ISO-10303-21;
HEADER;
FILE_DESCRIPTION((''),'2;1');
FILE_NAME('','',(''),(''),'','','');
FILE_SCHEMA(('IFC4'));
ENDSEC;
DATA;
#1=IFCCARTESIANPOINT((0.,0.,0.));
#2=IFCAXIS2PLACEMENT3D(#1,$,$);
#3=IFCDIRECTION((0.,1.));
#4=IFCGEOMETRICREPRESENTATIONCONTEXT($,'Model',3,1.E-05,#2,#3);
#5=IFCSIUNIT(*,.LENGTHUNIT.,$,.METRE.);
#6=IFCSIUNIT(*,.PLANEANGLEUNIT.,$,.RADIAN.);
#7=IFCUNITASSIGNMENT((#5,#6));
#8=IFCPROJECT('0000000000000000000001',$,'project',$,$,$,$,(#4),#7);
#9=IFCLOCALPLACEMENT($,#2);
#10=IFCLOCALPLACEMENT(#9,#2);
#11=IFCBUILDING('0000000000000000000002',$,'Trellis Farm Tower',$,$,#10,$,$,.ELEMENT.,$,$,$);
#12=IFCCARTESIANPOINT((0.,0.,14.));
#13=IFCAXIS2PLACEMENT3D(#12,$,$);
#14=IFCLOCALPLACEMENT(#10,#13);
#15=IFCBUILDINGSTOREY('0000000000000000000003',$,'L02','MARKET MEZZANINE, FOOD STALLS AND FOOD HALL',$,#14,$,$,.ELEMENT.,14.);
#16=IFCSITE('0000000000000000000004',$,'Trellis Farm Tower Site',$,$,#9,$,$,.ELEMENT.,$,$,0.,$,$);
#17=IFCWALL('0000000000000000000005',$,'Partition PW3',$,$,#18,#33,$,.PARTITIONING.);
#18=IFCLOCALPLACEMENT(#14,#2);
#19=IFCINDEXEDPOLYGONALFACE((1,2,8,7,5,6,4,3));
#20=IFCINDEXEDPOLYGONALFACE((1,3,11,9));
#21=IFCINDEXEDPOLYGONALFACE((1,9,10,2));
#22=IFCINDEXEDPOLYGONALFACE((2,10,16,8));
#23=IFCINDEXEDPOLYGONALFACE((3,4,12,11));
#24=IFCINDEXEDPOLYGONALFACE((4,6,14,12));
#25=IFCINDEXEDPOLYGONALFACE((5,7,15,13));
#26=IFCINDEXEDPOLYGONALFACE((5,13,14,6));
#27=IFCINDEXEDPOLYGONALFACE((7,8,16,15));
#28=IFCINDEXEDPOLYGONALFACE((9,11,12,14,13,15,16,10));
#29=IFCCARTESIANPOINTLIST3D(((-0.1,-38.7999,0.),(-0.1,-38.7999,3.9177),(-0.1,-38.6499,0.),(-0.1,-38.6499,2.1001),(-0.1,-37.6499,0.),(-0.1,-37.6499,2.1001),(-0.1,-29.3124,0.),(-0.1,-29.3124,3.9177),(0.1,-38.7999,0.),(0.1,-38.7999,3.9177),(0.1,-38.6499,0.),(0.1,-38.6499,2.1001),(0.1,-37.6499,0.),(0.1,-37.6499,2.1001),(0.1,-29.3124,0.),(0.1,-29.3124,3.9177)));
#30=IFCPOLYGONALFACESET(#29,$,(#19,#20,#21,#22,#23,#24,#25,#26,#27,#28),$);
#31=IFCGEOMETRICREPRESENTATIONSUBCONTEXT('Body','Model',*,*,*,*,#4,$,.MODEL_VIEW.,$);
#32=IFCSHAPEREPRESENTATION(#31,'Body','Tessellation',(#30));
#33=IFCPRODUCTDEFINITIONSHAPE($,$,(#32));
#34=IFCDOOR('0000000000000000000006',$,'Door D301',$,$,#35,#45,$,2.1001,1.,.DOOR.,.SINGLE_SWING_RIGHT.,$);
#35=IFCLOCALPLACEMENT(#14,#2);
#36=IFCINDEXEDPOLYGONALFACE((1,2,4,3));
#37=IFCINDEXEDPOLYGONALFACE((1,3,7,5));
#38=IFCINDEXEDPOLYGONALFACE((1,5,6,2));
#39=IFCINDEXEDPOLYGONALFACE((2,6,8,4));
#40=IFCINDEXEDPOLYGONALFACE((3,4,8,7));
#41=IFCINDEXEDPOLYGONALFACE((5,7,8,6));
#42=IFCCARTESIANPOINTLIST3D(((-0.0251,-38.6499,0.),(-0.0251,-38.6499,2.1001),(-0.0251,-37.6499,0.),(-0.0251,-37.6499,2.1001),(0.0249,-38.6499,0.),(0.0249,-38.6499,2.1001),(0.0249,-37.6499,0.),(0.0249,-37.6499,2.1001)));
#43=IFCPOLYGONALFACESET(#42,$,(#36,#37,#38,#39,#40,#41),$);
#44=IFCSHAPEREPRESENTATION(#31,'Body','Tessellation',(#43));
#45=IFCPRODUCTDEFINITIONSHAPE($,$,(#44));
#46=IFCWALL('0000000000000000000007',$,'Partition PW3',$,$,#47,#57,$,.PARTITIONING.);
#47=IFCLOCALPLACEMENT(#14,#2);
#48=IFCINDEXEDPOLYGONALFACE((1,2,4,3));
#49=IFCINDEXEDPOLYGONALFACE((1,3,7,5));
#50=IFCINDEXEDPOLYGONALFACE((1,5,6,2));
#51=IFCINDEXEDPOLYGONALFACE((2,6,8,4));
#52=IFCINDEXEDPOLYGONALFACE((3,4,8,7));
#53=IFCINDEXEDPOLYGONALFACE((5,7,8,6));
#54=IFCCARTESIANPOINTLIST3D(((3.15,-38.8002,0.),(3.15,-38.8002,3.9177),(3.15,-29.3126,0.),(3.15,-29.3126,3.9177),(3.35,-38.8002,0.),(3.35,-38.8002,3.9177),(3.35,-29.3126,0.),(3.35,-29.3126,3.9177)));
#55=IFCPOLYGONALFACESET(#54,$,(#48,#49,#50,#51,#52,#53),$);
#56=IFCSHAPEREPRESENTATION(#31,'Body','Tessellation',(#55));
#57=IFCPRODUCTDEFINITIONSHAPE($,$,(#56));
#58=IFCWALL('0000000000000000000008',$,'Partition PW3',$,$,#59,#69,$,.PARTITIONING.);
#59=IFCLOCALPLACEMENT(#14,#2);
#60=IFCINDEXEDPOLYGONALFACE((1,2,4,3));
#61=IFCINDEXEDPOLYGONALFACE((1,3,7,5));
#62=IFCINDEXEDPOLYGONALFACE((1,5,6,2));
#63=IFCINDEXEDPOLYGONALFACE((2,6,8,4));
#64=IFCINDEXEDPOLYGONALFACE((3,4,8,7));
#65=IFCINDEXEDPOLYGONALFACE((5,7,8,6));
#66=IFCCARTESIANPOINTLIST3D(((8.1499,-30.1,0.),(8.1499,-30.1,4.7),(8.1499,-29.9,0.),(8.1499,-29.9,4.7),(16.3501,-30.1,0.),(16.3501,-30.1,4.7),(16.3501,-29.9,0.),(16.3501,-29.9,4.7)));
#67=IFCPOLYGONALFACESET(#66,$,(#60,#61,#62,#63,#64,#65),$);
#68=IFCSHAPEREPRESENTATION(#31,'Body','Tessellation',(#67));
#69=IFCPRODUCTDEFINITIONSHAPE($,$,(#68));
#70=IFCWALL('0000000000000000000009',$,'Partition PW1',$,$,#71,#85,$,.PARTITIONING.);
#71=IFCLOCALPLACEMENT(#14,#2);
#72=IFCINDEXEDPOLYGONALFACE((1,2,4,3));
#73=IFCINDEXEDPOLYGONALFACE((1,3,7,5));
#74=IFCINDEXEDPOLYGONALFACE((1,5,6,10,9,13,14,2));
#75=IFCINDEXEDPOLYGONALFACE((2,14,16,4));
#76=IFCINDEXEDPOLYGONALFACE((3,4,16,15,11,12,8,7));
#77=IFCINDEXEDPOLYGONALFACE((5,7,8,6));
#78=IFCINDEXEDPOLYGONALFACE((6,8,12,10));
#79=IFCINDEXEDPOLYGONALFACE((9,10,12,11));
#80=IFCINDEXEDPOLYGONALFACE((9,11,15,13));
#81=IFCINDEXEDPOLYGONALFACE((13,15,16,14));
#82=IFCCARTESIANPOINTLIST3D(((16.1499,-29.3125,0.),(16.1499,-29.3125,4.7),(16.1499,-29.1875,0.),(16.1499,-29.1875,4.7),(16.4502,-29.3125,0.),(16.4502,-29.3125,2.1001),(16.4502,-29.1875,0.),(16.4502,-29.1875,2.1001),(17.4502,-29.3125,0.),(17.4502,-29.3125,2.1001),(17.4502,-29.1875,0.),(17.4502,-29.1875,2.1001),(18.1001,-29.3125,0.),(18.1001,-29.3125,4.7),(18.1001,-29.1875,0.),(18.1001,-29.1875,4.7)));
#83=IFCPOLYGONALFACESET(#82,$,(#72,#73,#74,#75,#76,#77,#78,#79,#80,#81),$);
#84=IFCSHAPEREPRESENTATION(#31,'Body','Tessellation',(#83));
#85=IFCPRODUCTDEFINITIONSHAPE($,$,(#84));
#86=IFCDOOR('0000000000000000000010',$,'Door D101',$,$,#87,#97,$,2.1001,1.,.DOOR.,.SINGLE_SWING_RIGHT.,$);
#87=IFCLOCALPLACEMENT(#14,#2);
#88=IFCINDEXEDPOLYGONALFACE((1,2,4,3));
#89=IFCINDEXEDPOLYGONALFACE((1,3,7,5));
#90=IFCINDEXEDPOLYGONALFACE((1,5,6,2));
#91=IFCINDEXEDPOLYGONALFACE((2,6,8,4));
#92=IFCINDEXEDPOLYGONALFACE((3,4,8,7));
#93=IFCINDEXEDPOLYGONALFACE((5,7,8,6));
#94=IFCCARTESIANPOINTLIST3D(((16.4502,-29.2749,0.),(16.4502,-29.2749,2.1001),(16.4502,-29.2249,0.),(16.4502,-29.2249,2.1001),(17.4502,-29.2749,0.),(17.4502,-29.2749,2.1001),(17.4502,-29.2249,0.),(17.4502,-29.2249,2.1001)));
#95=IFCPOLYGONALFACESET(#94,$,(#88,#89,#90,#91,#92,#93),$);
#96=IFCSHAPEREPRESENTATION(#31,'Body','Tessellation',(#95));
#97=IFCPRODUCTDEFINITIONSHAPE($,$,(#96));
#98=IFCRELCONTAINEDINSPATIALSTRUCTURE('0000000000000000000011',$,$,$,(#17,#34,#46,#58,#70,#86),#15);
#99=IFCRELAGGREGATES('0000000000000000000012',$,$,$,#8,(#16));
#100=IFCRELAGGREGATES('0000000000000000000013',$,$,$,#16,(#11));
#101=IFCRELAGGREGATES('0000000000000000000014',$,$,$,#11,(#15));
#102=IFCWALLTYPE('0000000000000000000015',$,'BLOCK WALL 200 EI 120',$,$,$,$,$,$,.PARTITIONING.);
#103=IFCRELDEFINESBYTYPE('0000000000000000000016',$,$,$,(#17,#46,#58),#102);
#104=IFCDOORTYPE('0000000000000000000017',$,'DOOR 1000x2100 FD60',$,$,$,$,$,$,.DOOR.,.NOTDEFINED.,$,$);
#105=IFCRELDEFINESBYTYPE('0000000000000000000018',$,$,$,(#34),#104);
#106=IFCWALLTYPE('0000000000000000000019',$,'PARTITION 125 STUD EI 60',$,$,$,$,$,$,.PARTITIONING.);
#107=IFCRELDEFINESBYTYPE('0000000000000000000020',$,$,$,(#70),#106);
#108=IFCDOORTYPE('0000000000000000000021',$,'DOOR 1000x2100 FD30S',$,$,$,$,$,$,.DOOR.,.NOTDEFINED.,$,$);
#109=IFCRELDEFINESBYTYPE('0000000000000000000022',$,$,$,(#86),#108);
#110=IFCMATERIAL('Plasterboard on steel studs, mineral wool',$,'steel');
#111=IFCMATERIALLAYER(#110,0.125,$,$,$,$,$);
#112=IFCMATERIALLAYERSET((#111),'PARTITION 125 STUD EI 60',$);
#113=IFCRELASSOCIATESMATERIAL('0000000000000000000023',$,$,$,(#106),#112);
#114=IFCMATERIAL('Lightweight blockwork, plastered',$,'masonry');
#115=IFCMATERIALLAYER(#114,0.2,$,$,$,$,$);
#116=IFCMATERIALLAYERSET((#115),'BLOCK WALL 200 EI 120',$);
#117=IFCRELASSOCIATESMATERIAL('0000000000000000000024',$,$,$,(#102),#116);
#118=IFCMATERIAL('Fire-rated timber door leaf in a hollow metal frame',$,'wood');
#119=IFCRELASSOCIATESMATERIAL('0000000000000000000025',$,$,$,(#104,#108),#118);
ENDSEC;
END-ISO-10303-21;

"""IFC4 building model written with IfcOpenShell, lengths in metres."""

from ifc_helpers import new_model, si_unit, direction, frame, frame_2d, origin, place, context, subcontext, project, spatial, rectangle, extrude, source, transform, mapped, material, layer, layer_set, type_object, element, fill, save


model = new_model("IFC4")

# Units and contexts
model_context = context("Model", 3, precision=1e-05, world=origin(), true_north=direction((0.0, 1.0)))
body_context = subcontext(model_context, "Body", "Model", "MODEL_VIEW")
ifc_project = project(units=[si_unit("LENGTHUNIT", "METRE"), si_unit("PLANEANGLEUNIT", "RADIAN")], contexts=[model_context])

# Site, building, storey
site_placement = place(None, origin())
site = spatial("IfcSite", under=ifc_project, at=site_placement, Name="Trellis Farm Tower Site", CompositionType="ELEMENT", RefElevation=0.0)
building_placement = place(site_placement, origin())
building = spatial("IfcBuilding", under=site, at=building_placement, Name="Trellis Farm Tower", CompositionType="ELEMENT")
storey_placement = place(building_placement, frame((0.0, 0.0, 14.0)))
storey = spatial("IfcBuildingStorey", under=building, at=storey_placement, Name="L02", Description="MARKET MEZZANINE, FOOD STALLS AND FOOD HALL", CompositionType="ELEMENT", Elevation=14.0)

# Shared definitions
ifc_material_1 = material(Name="Plasterboard on steel studs, mineral wool", Category="steel")
ifc_layer_1 = layer(ifc_material_1, 0.125)
ifc_layer_set_1 = layer_set([ifc_layer_1], Name="PARTITION 125 STUD EI 60")
wall_type_1 = type_object("IfcWallType", Name="PARTITION 125 STUD EI 60", PredefinedType="PARTITIONING", material=ifc_layer_set_1)

# Shared definitions
ifc_material_2 = material(Name="Lightweight blockwork, plastered", Category="masonry")
ifc_layer_2 = layer(ifc_material_2, 0.2)
ifc_layer_set_2 = layer_set([ifc_layer_2], Name="BLOCK WALL 200 EI 120")
wall_type_2 = type_object("IfcWallType", Name="BLOCK WALL 200 EI 120", PredefinedType="PARTITIONING", material=ifc_layer_set_2)

# Wall, opening, door
ifc_material_3 = material(Name="Fire-rated timber door leaf in a hollow metal frame", Category="wood")
shared_shape_1 = source(origin(), body_context, "Body", "SweptSolid", [
    extrude(rectangle(XDim=9.4875, YDim=0.2, at=frame_2d((4.7437, 0.0))), origin(), (0.0, 0.0, 1.0), 3.9177),
])
wall_1_placement = place(storey_placement, frame((0.0, -29.3125, 0.0), z_axis=(0.0, 0.0, 1.0), x_axis=(0.0, -1.0, 0.0)))
wall_1 = element("IfcWall", 1, at=wall_1_placement, inside=storey, type_object=wall_type_2, Name="Partition PW3", PredefinedType="PARTITIONING", context=body_context, shape_type="MappedRepresentation", body=[
    mapped(shared_shape_1, transform((0.0, 0.0, 0.0))),
])
shared_shape_2 = source(origin(), body_context, "Body", "SweptSolid", [
    extrude(rectangle(XDim=1.0, YDim=2.1001, at=frame_2d((0.5, 1.05))), frame((0.0, 0.1101, 0.0), z_axis=(0.0, -1.0, 0.0), x_axis=(1.0, 0.0, 0.0)), (0.0, 0.0, 1.0), 0.2202),
])
opening_1_placement = place(wall_1_placement, frame((8.3374, 0.0, 0.0)))
opening_1 = element("IfcOpeningElement", 2, at=opening_1_placement, cuts=wall_1, PredefinedType="OPENING", context=body_context, shape_type="MappedRepresentation", body=[
    mapped(shared_shape_2, transform((0.0, 0.0, 0.0))),
])
door_type_1 = type_object("IfcDoorType", Name="DOOR 1000x2100 FD60", OperationType="NOTDEFINED", PredefinedType="DOOR", material=ifc_material_3)
shared_shape_3 = source(origin(), body_context, "Body", "SweptSolid", [
    extrude(rectangle(XDim=1.0, YDim=2.1001, at=frame_2d((0.5, 1.05))), frame((0.0, 0.0249, 0.0), z_axis=(0.0, -1.0, 0.0), x_axis=(1.0, 0.0, 0.0)), (0.0, 0.0, 1.0), 0.05),
])
door_1_placement = place(opening_1_placement, origin())
door_1 = element("IfcDoor", 3, at=door_1_placement, inside=storey, type_object=door_type_1, Name="Door D301", OperationType="SINGLE_SWING_RIGHT", OverallHeight=2.1001, OverallWidth=1.0, PredefinedType="DOOR", context=body_context, shape_type="MappedRepresentation", body=[
    mapped(shared_shape_3, transform((0.0, 0.0, 0.0))),
])
fill(opening_1, door_1)

# Walls
wall_2_placement = place(storey_placement, frame((3.25, -38.8, 0.0), z_axis=(0.0, 0.0, 1.0), x_axis=(0.0, 1.0, 0.0)))
element("IfcWall", 4, at=wall_2_placement, inside=storey, type_object=wall_type_2, Name="Partition PW3", PredefinedType="PARTITIONING", context=body_context, shape_type="MappedRepresentation", body=[
    mapped(shared_shape_1, transform((0.0, 0.0, 0.0))),
])
shared_shape_4 = source(origin(), body_context, "Body", "SweptSolid", [
    extrude(rectangle(XDim=8.2002, YDim=0.2, at=frame_2d((4.1001, 0.0))), origin(), (0.0, 0.0, 1.0), 4.7),
])
wall_3_placement = place(storey_placement, frame((16.3501, -30.0, 0.0), z_axis=(0.0, 0.0, 1.0), x_axis=(-1.0, 0.0, 0.0)))
element("IfcWall", 5, at=wall_3_placement, inside=storey, type_object=wall_type_2, Name="Partition PW3", PredefinedType="PARTITIONING", context=body_context, shape_type="MappedRepresentation", body=[
    mapped(shared_shape_4, transform((0.0, 0.0, 0.0))),
])

# Wall, opening, door
shared_shape_5 = source(origin(), body_context, "Body", "SweptSolid", [
    extrude(rectangle(XDim=1.9502, YDim=0.125, at=frame_2d((0.9751, 0.0))), origin(), (0.0, 0.0, 1.0), 4.7),
])
wall_4_placement = place(storey_placement, frame((18.1001, -29.25, 0.0), z_axis=(0.0, 0.0, 1.0), x_axis=(-1.0, 0.0, 0.0)))
wall_4 = element("IfcWall", 6, at=wall_4_placement, inside=storey, type_object=wall_type_1, Name="Partition PW1", PredefinedType="PARTITIONING", context=body_context, shape_type="MappedRepresentation", body=[
    mapped(shared_shape_5, transform((0.0, 0.0, 0.0))),
])
shared_shape_6 = source(origin(), body_context, "Body", "SweptSolid", [
    extrude(rectangle(XDim=1.0, YDim=2.1001, at=frame_2d((0.5, 1.05))), frame((0.0, 0.0725, 0.0), z_axis=(0.0, -1.0, 0.0), x_axis=(1.0, 0.0, 0.0)), (0.0, 0.0, 1.0), 0.145),
])
opening_2_placement = place(wall_4_placement, frame((0.6499, 0.0, 0.0)))
opening_2 = element("IfcOpeningElement", 7, at=opening_2_placement, cuts=wall_4, PredefinedType="OPENING", context=body_context, shape_type="MappedRepresentation", body=[
    mapped(shared_shape_6, transform((0.0, 0.0, 0.0))),
])
door_type_2 = type_object("IfcDoorType", Name="DOOR 1000x2100 FD30S", OperationType="NOTDEFINED", PredefinedType="DOOR", material=ifc_material_3)
door_2_placement = place(opening_2_placement, origin())
door_2 = element("IfcDoor", 8, at=door_2_placement, inside=storey, type_object=door_type_2, Name="Door D101", OperationType="SINGLE_SWING_RIGHT", OverallHeight=2.1001, OverallWidth=1.0, PredefinedType="DOOR", context=body_context, shape_type="MappedRepresentation", body=[
    mapped(shared_shape_3, transform((0.0, 0.0, 0.0))),
])
fill(opening_2, door_2)

save(model, "model.ifc")
